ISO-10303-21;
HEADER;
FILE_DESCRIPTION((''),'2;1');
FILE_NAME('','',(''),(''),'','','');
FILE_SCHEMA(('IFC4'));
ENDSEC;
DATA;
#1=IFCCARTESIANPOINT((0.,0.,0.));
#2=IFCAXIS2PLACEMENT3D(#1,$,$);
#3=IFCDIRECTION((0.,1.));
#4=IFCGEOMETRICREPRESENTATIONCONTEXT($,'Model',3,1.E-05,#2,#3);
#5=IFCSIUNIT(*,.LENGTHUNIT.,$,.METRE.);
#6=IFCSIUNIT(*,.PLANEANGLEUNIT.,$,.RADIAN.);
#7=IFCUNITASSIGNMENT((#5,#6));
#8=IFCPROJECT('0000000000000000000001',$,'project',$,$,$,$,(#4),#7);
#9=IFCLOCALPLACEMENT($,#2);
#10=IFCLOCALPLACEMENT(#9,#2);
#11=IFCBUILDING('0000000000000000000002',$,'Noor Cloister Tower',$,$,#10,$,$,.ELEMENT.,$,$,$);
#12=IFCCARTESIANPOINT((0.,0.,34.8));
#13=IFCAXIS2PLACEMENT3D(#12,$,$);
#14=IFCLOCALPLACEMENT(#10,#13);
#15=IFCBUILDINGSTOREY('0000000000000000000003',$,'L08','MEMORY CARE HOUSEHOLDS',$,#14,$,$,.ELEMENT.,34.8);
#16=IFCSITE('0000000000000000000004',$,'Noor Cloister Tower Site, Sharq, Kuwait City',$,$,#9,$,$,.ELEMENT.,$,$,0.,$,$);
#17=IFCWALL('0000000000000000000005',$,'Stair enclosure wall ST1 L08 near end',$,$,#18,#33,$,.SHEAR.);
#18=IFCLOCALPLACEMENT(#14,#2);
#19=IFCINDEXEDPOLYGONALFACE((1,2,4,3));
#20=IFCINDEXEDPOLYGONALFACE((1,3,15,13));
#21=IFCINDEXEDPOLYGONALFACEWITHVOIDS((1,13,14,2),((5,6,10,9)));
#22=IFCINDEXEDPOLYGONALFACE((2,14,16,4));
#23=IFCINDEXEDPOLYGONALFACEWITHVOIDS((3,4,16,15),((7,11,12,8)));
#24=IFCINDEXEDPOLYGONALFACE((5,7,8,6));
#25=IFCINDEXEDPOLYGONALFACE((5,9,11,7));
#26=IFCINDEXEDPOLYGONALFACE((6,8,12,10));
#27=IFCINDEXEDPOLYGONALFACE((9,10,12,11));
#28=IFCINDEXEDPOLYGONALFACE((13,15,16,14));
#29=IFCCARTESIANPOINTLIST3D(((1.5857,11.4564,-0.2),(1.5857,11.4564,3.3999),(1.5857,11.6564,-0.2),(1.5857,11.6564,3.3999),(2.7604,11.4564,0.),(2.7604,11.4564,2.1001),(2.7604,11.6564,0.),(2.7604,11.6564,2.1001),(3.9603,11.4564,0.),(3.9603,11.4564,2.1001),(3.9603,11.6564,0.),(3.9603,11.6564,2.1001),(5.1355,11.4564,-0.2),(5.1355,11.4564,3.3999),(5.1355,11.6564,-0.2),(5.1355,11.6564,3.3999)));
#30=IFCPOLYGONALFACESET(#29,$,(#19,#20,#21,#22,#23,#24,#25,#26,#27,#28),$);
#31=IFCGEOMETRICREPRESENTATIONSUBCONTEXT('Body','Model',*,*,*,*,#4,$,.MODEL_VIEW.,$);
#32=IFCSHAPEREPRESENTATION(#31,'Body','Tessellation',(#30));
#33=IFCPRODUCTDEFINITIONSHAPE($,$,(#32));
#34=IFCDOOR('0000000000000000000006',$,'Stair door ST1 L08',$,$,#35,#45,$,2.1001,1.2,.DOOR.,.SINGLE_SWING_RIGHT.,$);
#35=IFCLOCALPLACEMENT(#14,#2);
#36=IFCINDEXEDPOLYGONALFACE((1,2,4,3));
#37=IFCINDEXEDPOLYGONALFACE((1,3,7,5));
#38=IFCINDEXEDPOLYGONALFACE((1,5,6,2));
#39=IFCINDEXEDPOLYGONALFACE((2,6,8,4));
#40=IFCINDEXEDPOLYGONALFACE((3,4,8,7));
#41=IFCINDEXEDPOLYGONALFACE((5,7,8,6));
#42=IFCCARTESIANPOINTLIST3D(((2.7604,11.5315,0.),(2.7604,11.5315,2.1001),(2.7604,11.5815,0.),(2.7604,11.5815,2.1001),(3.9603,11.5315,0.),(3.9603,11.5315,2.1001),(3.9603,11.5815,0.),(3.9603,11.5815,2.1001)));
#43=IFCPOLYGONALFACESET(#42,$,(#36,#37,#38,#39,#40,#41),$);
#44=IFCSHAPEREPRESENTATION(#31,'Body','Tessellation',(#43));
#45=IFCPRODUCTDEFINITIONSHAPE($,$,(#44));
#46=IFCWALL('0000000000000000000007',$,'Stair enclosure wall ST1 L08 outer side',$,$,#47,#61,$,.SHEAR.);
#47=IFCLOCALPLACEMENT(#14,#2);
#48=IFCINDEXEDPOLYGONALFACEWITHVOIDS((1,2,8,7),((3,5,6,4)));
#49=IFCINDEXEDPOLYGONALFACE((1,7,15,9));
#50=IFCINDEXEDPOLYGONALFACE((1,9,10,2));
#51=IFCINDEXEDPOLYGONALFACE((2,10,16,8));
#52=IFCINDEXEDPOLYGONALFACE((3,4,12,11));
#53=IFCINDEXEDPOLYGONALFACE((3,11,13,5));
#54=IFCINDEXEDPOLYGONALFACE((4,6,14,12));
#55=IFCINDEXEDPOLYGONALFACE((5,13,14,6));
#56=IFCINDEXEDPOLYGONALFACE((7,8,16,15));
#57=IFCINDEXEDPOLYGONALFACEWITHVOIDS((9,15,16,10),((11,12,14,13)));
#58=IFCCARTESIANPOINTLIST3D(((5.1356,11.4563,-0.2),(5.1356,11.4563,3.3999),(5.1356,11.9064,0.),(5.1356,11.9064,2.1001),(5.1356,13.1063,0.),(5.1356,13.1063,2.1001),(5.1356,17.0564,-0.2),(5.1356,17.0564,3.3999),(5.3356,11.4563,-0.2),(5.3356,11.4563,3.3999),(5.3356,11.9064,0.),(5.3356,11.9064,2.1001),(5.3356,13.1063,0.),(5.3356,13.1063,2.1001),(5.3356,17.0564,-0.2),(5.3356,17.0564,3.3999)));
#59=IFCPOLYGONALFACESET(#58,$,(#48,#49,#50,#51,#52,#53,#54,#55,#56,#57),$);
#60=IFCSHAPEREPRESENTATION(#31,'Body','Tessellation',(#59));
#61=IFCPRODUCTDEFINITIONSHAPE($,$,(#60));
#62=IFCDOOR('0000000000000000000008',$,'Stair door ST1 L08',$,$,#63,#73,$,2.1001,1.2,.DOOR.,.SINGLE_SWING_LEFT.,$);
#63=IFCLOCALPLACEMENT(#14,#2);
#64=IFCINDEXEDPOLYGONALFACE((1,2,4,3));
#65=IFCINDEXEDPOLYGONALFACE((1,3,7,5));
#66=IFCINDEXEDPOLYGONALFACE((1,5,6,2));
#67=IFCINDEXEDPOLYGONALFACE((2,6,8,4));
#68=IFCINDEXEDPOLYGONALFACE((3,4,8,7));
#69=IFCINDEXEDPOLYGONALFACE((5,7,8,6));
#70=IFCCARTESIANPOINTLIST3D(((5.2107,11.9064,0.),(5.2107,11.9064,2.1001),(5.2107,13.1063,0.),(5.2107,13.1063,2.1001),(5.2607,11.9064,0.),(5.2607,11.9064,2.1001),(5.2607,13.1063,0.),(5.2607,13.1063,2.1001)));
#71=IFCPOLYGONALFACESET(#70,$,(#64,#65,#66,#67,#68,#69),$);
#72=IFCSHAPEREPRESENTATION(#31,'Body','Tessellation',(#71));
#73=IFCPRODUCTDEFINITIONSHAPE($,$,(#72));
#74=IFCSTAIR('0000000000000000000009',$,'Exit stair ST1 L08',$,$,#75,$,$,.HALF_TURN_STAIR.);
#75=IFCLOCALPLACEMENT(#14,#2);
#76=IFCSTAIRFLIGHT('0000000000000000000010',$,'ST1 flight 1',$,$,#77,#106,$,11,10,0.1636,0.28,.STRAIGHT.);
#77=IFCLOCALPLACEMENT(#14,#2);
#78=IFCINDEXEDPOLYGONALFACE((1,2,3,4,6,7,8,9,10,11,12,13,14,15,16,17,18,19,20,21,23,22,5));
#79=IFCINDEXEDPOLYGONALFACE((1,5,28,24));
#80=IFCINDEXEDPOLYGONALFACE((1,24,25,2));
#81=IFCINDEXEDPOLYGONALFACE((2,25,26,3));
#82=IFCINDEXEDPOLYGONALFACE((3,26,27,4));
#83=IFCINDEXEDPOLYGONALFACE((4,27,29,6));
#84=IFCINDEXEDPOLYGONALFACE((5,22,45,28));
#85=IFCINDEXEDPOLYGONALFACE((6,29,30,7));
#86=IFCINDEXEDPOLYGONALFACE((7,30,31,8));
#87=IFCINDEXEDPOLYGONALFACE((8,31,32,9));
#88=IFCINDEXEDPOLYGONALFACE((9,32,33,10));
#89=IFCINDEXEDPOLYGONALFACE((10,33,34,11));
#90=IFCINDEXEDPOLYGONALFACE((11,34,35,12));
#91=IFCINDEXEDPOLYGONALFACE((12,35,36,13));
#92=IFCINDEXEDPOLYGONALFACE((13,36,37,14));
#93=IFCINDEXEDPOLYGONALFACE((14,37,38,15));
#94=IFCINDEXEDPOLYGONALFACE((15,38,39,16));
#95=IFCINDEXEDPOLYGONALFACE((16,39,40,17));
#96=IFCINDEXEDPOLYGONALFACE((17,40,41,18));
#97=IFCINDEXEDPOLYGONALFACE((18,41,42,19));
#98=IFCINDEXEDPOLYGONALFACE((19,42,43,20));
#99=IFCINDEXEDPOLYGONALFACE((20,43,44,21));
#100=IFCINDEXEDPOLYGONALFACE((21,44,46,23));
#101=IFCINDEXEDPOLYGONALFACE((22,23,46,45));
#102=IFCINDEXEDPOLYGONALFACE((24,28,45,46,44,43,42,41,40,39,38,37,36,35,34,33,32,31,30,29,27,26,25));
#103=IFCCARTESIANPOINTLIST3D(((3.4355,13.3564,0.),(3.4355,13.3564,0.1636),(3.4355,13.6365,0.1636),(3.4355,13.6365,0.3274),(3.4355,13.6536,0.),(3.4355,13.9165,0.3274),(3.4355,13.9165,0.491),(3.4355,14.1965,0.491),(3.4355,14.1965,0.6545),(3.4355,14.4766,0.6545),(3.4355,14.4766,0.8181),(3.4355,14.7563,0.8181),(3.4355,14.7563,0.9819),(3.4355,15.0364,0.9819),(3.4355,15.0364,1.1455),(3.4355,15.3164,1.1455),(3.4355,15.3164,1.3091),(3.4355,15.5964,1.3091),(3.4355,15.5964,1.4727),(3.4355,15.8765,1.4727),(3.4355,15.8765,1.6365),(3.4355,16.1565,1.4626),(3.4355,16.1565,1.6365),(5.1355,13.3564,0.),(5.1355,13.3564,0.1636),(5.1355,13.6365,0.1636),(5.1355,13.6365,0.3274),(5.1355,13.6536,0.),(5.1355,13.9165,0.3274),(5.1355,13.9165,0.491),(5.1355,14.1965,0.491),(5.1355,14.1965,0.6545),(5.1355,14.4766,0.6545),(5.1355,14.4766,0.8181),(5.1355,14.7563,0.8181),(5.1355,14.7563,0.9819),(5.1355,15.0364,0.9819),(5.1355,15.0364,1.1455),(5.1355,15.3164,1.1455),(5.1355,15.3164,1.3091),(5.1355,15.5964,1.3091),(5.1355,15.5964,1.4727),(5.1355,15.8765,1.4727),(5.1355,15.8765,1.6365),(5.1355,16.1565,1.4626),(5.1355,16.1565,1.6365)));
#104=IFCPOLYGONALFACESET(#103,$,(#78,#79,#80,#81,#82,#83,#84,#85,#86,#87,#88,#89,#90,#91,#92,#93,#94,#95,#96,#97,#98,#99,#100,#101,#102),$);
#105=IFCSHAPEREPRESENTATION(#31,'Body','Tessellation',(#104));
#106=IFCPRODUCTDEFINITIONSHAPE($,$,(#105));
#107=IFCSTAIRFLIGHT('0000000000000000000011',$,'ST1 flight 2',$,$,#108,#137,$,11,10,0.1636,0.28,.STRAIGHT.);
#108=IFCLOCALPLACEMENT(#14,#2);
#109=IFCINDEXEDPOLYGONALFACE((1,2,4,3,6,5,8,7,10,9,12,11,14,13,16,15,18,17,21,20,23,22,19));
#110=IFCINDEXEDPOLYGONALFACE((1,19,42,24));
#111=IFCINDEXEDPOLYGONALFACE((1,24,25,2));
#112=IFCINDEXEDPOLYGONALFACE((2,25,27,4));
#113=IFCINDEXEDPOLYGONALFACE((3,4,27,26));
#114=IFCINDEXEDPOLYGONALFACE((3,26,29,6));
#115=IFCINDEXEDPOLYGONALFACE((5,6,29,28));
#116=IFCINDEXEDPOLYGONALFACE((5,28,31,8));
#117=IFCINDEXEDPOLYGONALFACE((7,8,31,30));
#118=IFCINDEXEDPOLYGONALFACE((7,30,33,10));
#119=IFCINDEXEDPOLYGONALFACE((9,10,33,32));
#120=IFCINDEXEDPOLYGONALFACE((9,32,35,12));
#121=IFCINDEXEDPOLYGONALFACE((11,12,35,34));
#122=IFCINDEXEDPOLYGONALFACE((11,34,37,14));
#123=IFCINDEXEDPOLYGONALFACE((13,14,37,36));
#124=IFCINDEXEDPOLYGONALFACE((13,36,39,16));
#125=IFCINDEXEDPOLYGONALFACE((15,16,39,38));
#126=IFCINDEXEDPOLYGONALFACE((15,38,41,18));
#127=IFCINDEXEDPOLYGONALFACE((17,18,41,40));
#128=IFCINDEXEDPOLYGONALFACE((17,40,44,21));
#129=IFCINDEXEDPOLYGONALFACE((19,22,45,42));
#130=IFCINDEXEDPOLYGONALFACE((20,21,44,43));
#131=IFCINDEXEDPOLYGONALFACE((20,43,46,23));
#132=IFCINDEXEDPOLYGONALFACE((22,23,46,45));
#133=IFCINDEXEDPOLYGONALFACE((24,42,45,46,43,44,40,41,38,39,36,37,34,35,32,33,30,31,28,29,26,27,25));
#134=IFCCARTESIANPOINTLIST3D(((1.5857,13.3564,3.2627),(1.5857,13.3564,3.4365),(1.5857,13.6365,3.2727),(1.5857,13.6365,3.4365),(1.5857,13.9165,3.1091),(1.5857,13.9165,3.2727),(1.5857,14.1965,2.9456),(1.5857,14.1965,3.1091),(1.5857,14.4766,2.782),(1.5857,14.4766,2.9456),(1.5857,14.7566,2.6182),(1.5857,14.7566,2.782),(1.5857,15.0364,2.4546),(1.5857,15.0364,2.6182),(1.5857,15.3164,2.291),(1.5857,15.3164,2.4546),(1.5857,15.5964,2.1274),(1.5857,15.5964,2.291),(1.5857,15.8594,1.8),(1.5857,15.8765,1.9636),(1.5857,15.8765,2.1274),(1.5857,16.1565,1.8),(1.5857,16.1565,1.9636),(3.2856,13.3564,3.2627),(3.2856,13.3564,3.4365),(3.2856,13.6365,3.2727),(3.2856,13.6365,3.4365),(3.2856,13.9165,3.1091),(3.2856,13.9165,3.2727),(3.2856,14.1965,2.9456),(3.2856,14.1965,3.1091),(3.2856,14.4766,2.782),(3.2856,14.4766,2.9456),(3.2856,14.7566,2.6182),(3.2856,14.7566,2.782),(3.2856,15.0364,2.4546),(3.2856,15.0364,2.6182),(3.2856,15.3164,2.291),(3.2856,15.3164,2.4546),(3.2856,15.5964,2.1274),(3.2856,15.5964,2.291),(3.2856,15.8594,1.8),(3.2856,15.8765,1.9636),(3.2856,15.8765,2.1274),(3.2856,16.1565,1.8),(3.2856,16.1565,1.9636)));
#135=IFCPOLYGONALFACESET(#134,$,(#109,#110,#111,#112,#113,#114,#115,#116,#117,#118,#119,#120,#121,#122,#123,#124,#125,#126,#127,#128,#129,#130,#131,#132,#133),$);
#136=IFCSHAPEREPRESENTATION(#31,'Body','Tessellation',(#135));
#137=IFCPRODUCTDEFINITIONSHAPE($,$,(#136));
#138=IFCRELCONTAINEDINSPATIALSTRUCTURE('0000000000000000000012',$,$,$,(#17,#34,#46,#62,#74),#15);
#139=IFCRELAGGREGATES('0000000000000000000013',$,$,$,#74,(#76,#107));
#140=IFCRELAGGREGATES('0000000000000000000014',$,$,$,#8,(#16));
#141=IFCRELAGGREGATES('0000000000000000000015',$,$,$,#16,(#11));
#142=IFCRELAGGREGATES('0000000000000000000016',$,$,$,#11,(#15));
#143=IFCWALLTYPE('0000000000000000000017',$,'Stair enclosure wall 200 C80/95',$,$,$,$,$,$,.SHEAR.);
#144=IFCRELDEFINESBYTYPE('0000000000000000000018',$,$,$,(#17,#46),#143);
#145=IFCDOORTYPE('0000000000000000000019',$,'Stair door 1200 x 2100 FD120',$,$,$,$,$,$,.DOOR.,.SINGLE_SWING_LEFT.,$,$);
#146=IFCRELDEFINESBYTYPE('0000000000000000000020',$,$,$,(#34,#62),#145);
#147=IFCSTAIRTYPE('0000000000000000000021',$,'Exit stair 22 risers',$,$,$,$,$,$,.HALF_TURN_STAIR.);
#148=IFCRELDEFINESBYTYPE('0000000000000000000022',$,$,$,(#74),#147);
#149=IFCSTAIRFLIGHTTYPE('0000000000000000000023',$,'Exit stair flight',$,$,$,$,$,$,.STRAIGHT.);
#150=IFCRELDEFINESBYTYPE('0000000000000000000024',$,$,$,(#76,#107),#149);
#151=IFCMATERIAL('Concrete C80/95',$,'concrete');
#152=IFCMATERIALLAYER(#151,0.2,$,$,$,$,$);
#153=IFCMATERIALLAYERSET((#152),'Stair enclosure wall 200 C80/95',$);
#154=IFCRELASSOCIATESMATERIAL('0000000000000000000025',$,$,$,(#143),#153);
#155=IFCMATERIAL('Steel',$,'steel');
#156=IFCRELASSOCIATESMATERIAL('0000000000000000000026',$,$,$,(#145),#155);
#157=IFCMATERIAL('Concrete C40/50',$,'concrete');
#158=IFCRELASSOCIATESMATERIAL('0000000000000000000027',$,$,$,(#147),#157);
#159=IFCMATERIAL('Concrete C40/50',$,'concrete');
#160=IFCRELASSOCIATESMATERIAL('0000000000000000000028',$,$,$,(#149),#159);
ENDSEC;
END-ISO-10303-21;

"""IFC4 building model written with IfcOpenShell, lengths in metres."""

from ifc_helpers import new_model, si_unit, direction, frame, frame_2d, origin, place, context, subcontext, project, spatial, polyline, rectangle, outline, extrude, material, layer, layer_set, type_object, element, fill, aggregate, save


model = new_model("IFC4")

# Units and contexts
model_context = context("Model", 3, precision=1e-05, world=origin(), true_north=direction((0.0, 1.0)))
body_context = subcontext(model_context, "Body", "Model", "MODEL_VIEW")
ifc_project = project(units=[si_unit("LENGTHUNIT", "METRE"), si_unit("PLANEANGLEUNIT", "RADIAN")], contexts=[model_context])

# Site, building, storey
site_placement = place(None, origin())
site = spatial("IfcSite", under=ifc_project, at=site_placement, Name="Noor Cloister Tower Site, Sharq, Kuwait City", CompositionType="ELEMENT", RefElevation=0.0)
building_placement = place(site_placement, origin())
building = spatial("IfcBuilding", under=site, at=building_placement, Name="Noor Cloister Tower", CompositionType="ELEMENT")
storey_placement = place(building_placement, frame((0.0, 0.0, 34.8)))
storey = spatial("IfcBuildingStorey", under=building, at=storey_placement, Name="L08", Description="MEMORY CARE HOUSEHOLDS", CompositionType="ELEMENT", Elevation=34.8)

# Walls, openings, doors
ifc_material_1 = material(Name="Concrete C80/95", Category="concrete")
ifc_layer_1 = layer(ifc_material_1, 0.2)
ifc_layer_set_1 = layer_set([ifc_layer_1], Name="Stair enclosure wall 200 C80/95")
wall_type_1 = type_object("IfcWallType", Name="Stair enclosure wall 200 C80/95", PredefinedType="SHEAR", material=ifc_layer_set_1)
wall_1_placement = place(storey_placement, frame((5.1355, 11.5564, -0.2), z_axis=(0.0, 0.0, 1.0), x_axis=(-1.0, 0.0, 0.0)))
wall_1 = element("IfcWall", 1, at=wall_1_placement, inside=storey, type_object=wall_type_1, Name="Stair enclosure wall ST1 L08 near end", PredefinedType="SHEAR", context=body_context, shape_type="SweptSolid", body=[
    extrude(rectangle(XDim=3.5498, YDim=0.2, at=frame_2d((1.7749, 0.0))), origin(), (0.0, 0.0, 1.0), 3.5999),
])
opening_1_placement = place(wall_1_placement, frame((1.175, 0.0, 0.2)))
opening_1 = element("IfcOpeningElement", 2, at=opening_1_placement, cuts=wall_1, PredefinedType="OPENING", context=body_context, shape_type="SweptSolid", body=[
    extrude(rectangle(XDim=1.2, YDim=2.1001, at=frame_2d((0.6001, 1.05))), frame((0.0, 0.1099, 0.0), z_axis=(0.0, -1.0, 0.0), x_axis=(1.0, 0.0, 0.0)), (0.0, 0.0, 1.0), 0.22),
])
ifc_material_2 = material(Name="Steel", Category="steel")
door_type_1 = type_object("IfcDoorType", Name="Stair door 1200 x 2100 FD120", OperationType="SINGLE_SWING_LEFT", PredefinedType="DOOR", material=ifc_material_2)
door_1_placement = place(opening_1_placement, origin())
door_1 = element("IfcDoor", 3, at=door_1_placement, inside=storey, type_object=door_type_1, Name="Stair door ST1 L08", OperationType="SINGLE_SWING_RIGHT", OverallHeight=2.1001, OverallWidth=1.2, PredefinedType="DOOR", context=body_context, shape_type="SweptSolid", body=[
    extrude(rectangle(XDim=1.2, YDim=2.1001, at=frame_2d((0.6001, 1.05))), frame((0.0, 0.0249, 0.0), z_axis=(0.0, -1.0, 0.0), x_axis=(1.0, 0.0, 0.0)), (0.0, 0.0, 1.0), 0.05),
])
fill(opening_1, door_1)
wall_2_placement = place(storey_placement, frame((5.2356, 11.4563, -0.2), z_axis=(0.0, 0.0, 1.0), x_axis=(0.0, 1.0, 0.0)))
wall_2 = element("IfcWall", 4, at=wall_2_placement, inside=storey, type_object=wall_type_1, Name="Stair enclosure wall ST1 L08 outer side", PredefinedType="SHEAR", context=body_context, shape_type="SweptSolid", body=[
    extrude(rectangle(XDim=5.6001, YDim=0.2, at=frame_2d((2.8, 0.0))), origin(), (0.0, 0.0, 1.0), 3.5999),
])
opening_2_placement = place(wall_2_placement, frame((0.45, 0.0, 0.2)))
opening_2 = element("IfcOpeningElement", 5, at=opening_2_placement, cuts=wall_2, PredefinedType="OPENING", context=body_context, shape_type="SweptSolid", body=[
    extrude(rectangle(XDim=1.2, YDim=2.1001, at=frame_2d((0.6001, 1.05))), frame((0.0, 0.1099, 0.0), z_axis=(0.0, -1.0, 0.0), x_axis=(1.0, 0.0, 0.0)), (0.0, 0.0, 1.0), 0.22),
])
door_2_placement = place(opening_2_placement, origin())
door_2 = element("IfcDoor", 6, at=door_2_placement, inside=storey, type_object=door_type_1, Name="Stair door ST1 L08", OperationType="SINGLE_SWING_LEFT", OverallHeight=2.1001, OverallWidth=1.2, PredefinedType="DOOR", context=body_context, shape_type="SweptSolid", body=[
    extrude(rectangle(XDim=1.2, YDim=2.1001, at=frame_2d((0.6001, 1.05))), frame((0.0, 0.0249, 0.0), z_axis=(0.0, -1.0, 0.0), x_axis=(1.0, 0.0, 0.0)), (0.0, 0.0, 1.0), 0.05),
])
fill(opening_2, door_2)

# Stair, stair flights
ifc_material_3 = material(Name="Concrete C40/50", Category="concrete")
stair_type = type_object("IfcStairType", Name="Exit stair 22 risers", PredefinedType="HALF_TURN_STAIR", material=ifc_material_3)
stair_placement = place(storey_placement, origin())
stair = element("IfcStair", 7, at=stair_placement, inside=storey, type_object=stair_type, Name="Exit stair ST1 L08", PredefinedType="HALF_TURN_STAIR")
ifc_material_4 = material(Name="Concrete C40/50", Category="concrete")
stair_flight_type = type_object("IfcStairFlightType", Name="Exit stair flight", PredefinedType="STRAIGHT", material=ifc_material_4)
stair_flight_1_placement = place(storey_placement, frame((4.2856, 13.3564, 0.0), z_axis=(0.0, 0.0, 1.0), x_axis=(0.0, 1.0, 0.0)))
stair_flight_1 = element("IfcStairFlight", 8, at=stair_flight_1_placement, type_object=stair_flight_type, Name="ST1 flight 1", NumberOfRisers=11, NumberOfTreads=10, PredefinedType="STRAIGHT", RiserHeight=0.1636, TreadLength=0.28, context=body_context, shape_type="SweptSolid", body=[
    extrude(outline(polyline([(0.0, 0.0), (0.0, 0.1636), (0.28, 0.1636), (0.28, 0.3274), (0.5601, 0.3274), (0.5601, 0.491), (0.8401, 0.491), (0.8401, 0.6545), (1.1201, 0.6545), (1.1201, 0.8181), (1.3999, 0.8181), (1.3999, 0.9819), (1.6799, 0.9819), (1.6799, 1.1455), (1.96, 1.1455), (1.96, 1.3091), (2.24, 1.3091), (2.24, 1.4727), (2.52, 1.4727), (2.52, 1.6365), (2.8, 1.6365), (2.8, 1.8), (2.8, 1.4626), (0.2971, 0.0), (0.0, 0.0)])), frame((0.0, 0.8501, 0.0), z_axis=(0.0, -1.0, 0.0), x_axis=(1.0, 0.0, 0.0)), (0.0, 0.0, 1.0), 1.7),
])
stair_flight_2_placement = place(storey_placement, frame((2.4355, 16.1565, 1.8), z_axis=(0.0, 0.0, 1.0), x_axis=(0.0, -1.0, 0.0)))
stair_flight_2 = element("IfcStairFlight", 9, at=stair_flight_2_placement, type_object=stair_flight_type, Name="ST1 flight 2", NumberOfRisers=11, NumberOfTreads=10, PredefinedType="STRAIGHT", RiserHeight=0.1636, TreadLength=0.28, context=body_context, shape_type="SweptSolid", body=[
    extrude(outline(polyline([(0.0, 0.0), (0.0, 0.1636), (0.28, 0.1636), (0.28, 0.3274), (0.5601, 0.3274), (0.5601, 0.491), (0.8401, 0.491), (0.8401, 0.6545), (1.1201, 0.6545), (1.1201, 0.8181), (1.3999, 0.8181), (1.3999, 0.9819), (1.6799, 0.9819), (1.6799, 1.1455), (1.96, 1.1455), (1.96, 1.3091), (2.24, 1.3091), (2.24, 1.4727), (2.52, 1.4727), (2.52, 1.6365), (2.8, 1.6365), (2.8, 1.8), (2.8, 1.4626), (0.2971, 0.0), (0.0, 0.0)])), frame((0.0, 0.8501, 0.0), z_axis=(0.0, -1.0, 0.0), x_axis=(1.0, 0.0, 0.0)), (0.0, 0.0, 1.0), 1.7),
])
aggregate(stair, [stair_flight_1, stair_flight_2])

save(model, "model.ifc")
